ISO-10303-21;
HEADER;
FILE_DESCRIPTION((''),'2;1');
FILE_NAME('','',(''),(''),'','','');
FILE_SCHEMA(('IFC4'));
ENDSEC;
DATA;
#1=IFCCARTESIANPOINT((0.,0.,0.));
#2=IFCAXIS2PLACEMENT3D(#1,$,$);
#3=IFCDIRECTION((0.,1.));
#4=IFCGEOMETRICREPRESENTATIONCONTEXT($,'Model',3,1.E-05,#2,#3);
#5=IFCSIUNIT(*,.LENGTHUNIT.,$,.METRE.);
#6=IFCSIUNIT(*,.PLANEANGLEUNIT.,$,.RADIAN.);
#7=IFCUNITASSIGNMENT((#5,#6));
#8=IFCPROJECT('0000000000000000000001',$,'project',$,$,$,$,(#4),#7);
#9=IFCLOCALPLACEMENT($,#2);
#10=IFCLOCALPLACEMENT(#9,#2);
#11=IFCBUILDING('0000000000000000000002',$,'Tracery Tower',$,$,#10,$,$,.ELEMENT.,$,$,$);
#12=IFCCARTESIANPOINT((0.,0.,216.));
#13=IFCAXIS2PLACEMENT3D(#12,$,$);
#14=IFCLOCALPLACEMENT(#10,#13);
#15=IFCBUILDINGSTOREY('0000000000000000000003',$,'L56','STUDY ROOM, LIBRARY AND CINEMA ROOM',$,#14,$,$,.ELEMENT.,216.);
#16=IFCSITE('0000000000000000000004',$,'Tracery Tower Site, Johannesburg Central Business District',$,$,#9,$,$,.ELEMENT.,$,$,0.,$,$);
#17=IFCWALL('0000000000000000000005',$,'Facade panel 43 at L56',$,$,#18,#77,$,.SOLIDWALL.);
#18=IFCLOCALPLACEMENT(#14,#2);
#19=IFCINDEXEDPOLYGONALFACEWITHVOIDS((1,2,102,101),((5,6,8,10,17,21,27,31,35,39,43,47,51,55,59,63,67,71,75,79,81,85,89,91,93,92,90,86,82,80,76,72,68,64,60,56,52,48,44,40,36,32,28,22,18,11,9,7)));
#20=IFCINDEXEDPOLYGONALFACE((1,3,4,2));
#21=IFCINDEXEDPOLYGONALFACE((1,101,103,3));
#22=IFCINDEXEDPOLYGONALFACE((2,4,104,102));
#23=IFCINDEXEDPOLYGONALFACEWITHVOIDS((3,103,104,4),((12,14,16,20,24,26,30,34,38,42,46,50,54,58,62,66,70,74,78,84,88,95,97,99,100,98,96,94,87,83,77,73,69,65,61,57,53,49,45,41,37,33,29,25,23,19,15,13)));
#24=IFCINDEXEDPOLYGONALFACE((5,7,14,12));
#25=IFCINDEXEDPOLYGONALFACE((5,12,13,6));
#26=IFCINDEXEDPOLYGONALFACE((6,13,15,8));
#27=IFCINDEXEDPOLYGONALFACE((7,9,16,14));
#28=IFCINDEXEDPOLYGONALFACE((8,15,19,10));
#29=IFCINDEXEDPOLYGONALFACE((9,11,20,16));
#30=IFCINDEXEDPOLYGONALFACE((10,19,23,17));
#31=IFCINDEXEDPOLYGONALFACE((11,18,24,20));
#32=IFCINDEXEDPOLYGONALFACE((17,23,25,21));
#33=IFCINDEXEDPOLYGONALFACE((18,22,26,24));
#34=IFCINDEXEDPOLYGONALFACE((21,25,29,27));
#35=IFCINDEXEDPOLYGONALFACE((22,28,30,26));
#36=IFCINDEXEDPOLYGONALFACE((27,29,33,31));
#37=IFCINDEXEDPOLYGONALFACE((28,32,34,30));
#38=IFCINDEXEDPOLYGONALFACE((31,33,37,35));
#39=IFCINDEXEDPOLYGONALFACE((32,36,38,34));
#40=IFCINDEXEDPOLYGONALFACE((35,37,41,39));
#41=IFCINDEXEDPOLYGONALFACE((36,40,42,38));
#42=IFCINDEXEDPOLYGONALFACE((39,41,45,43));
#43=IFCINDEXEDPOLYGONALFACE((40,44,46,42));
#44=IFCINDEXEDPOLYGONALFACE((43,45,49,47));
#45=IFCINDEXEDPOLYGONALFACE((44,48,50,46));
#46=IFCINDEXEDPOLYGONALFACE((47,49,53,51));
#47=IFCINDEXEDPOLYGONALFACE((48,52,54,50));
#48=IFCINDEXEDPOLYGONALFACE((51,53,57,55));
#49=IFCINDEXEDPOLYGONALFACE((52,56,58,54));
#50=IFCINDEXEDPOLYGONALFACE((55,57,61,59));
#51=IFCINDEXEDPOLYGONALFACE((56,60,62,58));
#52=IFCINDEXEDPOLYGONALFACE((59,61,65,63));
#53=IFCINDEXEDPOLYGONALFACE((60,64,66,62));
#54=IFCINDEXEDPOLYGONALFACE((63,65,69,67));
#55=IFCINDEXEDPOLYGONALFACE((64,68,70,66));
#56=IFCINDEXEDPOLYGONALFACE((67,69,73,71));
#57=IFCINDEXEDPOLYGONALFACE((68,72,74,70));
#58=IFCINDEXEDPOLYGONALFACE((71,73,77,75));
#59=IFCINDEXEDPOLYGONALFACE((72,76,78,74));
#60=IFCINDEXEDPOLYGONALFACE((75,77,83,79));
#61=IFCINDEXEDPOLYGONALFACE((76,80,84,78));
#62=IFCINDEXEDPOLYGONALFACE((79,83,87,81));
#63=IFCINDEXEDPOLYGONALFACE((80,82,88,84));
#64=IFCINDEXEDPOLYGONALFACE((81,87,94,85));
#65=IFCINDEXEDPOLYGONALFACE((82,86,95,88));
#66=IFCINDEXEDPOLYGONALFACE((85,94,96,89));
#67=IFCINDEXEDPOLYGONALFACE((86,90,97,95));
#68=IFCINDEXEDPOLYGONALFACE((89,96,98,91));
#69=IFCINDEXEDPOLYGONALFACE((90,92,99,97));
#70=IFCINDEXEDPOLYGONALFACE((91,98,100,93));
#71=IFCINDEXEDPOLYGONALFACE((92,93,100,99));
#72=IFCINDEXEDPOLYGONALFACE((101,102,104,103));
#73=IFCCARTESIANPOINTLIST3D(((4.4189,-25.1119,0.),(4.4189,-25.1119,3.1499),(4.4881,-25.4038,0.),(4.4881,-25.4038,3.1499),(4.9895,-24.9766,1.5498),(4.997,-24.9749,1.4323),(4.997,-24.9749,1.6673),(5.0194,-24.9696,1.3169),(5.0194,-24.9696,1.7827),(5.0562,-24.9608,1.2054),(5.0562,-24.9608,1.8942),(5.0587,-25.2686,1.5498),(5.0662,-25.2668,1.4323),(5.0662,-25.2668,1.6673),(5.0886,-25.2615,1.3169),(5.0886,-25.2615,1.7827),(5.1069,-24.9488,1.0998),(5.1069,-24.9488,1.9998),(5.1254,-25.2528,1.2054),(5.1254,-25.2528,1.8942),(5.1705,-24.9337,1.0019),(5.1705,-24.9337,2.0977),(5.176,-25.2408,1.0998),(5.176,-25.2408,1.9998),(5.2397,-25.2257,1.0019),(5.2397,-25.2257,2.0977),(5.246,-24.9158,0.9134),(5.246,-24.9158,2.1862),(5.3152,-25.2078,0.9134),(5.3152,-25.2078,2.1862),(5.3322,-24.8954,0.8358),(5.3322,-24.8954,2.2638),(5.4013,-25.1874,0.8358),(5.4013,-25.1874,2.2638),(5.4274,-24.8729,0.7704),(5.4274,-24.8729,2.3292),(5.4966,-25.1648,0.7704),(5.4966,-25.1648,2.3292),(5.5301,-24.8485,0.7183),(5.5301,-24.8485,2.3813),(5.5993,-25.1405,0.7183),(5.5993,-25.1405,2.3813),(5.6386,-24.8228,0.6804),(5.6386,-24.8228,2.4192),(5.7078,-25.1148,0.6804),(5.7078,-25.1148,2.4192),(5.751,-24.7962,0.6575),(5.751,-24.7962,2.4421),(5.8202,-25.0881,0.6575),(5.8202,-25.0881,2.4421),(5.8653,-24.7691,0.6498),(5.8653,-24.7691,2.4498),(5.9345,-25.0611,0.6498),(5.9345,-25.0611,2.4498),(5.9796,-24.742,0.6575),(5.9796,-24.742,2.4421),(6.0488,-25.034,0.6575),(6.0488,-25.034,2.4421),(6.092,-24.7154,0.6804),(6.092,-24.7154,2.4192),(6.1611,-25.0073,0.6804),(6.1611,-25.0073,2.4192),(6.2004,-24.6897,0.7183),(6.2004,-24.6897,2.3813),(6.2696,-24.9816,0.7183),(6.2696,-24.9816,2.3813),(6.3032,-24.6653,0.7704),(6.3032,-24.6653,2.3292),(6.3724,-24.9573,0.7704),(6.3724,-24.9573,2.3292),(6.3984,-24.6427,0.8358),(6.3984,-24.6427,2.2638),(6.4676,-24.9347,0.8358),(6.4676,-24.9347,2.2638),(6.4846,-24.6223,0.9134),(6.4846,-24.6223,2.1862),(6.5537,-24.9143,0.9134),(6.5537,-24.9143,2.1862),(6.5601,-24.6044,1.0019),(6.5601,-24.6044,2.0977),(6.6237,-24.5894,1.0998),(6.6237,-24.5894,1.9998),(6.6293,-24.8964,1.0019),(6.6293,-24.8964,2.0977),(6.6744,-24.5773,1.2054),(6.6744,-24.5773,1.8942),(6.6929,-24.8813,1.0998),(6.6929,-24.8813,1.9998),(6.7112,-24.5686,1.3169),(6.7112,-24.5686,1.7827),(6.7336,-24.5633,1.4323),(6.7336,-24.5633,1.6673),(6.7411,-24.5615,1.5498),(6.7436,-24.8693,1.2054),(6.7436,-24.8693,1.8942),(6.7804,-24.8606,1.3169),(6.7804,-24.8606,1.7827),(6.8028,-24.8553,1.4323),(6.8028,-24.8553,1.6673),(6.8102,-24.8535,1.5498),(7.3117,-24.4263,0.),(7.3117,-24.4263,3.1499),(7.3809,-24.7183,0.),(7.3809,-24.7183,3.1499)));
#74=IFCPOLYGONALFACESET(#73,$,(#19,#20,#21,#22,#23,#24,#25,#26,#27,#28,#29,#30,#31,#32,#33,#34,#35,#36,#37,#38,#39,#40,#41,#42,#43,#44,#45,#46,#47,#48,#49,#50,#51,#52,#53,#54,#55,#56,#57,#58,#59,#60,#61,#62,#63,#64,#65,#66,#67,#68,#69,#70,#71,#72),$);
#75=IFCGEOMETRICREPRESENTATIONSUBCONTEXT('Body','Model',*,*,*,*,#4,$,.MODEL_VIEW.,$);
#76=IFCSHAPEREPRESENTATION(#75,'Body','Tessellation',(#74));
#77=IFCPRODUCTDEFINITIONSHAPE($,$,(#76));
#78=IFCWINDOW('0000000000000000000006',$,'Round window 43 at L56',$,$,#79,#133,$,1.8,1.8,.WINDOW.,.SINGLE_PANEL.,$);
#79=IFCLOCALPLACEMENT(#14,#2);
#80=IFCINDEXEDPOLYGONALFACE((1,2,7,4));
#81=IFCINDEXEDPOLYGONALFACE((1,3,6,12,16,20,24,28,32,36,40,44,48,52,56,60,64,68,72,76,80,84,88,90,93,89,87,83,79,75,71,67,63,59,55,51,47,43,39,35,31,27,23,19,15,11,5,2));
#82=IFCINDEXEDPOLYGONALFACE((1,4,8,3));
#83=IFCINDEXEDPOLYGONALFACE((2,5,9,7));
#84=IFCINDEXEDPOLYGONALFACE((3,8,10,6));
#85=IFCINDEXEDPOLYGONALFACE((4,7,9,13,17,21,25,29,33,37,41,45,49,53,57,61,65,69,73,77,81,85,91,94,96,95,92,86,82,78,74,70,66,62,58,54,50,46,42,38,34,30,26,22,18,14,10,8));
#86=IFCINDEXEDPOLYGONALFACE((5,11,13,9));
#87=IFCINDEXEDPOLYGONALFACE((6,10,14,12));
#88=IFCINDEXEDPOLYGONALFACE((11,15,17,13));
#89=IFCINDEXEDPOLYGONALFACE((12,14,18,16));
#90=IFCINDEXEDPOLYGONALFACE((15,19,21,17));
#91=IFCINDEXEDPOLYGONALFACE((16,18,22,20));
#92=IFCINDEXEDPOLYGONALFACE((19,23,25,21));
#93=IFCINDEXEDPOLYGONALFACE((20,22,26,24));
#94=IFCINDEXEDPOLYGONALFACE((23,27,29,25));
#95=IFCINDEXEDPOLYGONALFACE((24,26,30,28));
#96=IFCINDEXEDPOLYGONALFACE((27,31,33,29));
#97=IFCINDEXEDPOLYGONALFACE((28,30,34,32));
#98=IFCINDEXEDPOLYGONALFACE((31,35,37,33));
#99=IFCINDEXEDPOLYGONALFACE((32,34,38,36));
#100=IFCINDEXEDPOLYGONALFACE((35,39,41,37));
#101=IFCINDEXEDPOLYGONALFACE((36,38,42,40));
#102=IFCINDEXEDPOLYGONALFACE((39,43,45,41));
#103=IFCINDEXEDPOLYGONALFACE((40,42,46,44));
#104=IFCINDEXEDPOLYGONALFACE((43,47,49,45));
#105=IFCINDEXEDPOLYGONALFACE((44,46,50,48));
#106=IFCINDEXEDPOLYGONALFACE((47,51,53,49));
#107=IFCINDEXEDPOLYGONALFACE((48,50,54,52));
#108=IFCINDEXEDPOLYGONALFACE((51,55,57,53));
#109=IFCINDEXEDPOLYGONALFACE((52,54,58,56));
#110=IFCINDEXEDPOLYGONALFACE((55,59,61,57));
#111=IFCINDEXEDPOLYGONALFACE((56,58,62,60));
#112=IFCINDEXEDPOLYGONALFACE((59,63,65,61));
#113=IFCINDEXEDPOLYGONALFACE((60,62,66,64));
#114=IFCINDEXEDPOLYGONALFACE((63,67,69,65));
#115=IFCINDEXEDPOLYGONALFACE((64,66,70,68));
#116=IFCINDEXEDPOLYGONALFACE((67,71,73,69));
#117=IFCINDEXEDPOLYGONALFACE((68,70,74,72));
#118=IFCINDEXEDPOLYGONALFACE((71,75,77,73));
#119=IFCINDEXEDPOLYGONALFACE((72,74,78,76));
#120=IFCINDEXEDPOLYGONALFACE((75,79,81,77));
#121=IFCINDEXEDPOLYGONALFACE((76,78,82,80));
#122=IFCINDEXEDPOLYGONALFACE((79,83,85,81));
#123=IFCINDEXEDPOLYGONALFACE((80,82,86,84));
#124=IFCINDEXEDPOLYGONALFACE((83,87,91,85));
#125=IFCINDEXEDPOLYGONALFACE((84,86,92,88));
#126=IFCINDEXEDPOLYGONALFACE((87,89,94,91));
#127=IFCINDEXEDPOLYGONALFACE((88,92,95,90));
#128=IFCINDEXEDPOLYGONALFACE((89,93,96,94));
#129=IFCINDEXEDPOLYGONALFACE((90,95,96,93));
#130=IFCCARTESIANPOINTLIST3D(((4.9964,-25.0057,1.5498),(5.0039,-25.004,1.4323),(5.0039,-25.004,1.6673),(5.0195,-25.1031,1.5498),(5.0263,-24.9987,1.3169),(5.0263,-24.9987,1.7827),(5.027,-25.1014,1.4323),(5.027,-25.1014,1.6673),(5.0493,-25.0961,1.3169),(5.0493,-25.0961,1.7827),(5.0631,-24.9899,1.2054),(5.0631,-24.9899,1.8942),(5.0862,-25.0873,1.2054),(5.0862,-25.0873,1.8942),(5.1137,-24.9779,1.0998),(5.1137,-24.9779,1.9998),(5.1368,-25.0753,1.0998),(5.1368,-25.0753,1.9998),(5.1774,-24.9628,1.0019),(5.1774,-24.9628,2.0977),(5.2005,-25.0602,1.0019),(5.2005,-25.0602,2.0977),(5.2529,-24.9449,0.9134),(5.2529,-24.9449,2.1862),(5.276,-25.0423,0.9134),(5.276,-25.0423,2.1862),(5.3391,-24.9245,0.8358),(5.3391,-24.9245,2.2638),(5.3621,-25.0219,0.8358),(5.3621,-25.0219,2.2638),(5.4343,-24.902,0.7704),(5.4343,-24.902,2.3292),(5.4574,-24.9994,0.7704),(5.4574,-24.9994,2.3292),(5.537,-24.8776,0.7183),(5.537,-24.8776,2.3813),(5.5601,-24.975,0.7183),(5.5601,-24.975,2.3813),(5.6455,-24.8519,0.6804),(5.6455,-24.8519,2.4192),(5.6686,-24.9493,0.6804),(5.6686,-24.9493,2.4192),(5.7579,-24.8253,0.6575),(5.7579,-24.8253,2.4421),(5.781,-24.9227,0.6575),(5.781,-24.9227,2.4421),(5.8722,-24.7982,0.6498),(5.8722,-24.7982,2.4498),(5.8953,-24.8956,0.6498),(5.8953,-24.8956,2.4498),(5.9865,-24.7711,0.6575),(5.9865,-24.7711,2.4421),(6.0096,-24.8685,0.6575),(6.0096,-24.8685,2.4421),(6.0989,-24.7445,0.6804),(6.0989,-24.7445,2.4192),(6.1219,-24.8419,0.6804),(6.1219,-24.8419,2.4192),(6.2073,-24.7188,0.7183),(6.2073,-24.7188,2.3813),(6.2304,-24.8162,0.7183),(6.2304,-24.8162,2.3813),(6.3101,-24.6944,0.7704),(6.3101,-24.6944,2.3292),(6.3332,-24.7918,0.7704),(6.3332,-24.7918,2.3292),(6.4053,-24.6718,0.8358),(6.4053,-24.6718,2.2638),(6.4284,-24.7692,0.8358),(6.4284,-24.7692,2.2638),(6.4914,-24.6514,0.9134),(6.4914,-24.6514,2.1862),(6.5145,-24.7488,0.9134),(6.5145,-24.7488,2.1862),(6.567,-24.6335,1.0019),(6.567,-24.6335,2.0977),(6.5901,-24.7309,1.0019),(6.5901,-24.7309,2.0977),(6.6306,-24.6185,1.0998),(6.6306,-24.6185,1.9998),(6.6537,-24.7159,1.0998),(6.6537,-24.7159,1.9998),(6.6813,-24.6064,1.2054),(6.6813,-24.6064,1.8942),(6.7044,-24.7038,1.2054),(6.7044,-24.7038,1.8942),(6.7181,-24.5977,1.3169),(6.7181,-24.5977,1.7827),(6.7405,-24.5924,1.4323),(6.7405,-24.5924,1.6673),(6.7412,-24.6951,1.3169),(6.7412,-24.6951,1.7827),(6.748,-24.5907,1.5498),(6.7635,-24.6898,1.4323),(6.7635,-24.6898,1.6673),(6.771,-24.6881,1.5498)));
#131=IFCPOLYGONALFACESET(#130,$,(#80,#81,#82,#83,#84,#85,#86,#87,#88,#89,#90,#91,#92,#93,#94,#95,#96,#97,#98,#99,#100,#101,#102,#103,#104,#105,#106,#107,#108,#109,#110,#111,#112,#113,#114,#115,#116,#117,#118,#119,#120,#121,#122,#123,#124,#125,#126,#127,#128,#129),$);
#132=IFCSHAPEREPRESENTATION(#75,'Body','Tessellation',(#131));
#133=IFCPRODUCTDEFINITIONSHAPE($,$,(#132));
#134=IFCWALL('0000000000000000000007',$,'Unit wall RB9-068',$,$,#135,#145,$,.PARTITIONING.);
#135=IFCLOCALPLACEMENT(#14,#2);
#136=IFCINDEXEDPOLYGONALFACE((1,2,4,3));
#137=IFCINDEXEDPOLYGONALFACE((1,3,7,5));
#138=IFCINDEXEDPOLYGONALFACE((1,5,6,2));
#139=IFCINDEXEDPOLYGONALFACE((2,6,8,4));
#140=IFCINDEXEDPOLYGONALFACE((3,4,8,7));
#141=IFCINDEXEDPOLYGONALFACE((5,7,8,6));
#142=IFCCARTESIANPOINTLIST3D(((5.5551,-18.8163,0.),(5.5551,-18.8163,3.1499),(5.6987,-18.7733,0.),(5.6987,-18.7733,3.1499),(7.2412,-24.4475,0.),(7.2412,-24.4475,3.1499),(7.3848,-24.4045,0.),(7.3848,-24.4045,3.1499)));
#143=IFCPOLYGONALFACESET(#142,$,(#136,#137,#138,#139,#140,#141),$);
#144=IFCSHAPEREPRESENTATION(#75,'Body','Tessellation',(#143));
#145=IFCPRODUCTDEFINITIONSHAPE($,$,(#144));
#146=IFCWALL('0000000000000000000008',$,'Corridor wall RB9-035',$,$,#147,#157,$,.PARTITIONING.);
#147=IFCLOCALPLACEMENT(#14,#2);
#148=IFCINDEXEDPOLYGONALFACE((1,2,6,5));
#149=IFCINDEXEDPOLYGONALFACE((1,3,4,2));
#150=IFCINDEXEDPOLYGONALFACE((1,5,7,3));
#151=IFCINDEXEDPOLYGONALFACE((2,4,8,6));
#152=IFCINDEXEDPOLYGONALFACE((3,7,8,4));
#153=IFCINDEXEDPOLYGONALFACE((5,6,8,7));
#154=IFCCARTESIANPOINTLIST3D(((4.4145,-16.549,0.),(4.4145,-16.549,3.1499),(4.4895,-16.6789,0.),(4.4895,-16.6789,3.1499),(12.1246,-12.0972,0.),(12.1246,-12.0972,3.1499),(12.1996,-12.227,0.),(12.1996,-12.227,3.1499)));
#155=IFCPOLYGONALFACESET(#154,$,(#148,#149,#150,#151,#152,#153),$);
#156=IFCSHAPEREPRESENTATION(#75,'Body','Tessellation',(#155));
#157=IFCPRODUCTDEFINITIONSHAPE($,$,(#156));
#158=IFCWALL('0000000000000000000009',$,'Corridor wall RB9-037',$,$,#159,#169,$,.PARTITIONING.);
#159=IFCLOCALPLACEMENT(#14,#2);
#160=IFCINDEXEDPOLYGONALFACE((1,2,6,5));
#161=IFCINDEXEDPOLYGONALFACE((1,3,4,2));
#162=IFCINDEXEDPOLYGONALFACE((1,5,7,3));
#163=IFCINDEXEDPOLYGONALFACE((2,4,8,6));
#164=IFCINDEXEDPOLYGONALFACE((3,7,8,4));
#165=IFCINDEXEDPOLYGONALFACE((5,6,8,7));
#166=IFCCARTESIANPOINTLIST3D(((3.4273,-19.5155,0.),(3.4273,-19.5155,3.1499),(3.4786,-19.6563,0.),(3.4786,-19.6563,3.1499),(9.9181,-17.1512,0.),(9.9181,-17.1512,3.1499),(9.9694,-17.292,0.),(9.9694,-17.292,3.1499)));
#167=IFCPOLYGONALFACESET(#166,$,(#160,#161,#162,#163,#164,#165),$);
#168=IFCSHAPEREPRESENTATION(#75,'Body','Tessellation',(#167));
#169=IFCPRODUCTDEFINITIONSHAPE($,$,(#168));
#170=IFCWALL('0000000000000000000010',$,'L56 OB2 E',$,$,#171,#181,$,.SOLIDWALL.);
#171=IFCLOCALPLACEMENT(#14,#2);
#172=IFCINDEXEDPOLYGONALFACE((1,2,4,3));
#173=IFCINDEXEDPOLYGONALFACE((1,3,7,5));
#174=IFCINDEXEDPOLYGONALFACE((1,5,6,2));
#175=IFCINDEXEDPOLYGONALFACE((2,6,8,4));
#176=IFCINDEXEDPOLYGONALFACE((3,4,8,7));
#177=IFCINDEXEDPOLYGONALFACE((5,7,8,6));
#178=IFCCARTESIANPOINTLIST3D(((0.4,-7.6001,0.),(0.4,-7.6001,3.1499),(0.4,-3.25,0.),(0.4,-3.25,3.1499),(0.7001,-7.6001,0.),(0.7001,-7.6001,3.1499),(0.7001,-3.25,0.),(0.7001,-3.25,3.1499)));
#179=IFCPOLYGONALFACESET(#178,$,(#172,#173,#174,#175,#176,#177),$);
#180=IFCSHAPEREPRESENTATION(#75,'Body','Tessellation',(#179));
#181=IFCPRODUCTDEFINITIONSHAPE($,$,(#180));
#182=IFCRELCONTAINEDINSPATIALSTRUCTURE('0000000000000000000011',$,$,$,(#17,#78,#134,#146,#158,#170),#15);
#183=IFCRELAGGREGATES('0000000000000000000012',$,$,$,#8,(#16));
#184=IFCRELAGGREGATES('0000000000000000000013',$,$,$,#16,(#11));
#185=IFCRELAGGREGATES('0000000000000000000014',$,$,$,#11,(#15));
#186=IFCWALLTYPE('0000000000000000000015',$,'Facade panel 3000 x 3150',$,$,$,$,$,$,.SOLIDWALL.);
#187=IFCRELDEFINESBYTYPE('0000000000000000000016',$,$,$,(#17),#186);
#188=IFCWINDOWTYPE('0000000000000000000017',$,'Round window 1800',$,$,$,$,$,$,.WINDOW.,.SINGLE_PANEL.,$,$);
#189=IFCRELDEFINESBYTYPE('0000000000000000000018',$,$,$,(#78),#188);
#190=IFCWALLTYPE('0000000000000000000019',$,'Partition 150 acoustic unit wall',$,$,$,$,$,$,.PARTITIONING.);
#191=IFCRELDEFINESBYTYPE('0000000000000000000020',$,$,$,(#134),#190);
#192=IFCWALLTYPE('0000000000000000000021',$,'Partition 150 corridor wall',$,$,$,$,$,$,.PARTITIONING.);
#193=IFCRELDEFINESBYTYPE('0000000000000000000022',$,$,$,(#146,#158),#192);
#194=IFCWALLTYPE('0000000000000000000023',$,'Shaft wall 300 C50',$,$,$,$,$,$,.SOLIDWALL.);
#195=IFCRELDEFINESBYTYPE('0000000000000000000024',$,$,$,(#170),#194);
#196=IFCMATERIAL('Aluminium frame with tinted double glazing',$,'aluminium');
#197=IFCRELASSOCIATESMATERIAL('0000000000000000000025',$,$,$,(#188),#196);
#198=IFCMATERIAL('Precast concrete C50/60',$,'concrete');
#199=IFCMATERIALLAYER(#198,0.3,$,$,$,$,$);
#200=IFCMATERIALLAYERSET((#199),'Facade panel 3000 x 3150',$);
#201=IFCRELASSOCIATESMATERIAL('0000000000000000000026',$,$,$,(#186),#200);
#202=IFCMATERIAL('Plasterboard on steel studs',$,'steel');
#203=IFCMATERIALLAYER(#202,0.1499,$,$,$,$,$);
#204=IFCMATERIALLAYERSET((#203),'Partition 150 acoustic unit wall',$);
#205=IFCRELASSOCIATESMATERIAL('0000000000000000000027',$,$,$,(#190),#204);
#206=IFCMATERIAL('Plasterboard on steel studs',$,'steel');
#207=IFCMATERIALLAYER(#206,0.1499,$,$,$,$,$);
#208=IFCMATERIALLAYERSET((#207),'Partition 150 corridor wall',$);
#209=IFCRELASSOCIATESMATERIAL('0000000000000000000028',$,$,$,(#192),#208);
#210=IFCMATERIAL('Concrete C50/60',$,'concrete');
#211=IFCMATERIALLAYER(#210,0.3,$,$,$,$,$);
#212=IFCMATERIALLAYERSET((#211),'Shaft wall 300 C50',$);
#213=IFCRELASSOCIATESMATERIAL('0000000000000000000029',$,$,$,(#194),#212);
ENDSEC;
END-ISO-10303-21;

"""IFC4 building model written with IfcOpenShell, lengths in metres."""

from ifc_helpers import new_model, si_unit, direction, frame, frame_2d, origin, origin_2d, place, context, subcontext, project, spatial, rectangle, circle, extrude, material, layer, layer_set, type_object, element, fill, save


model = new_model("IFC4")

# Units and contexts
model_context = context("Model", 3, precision=1e-05, world=origin(), true_north=direction((0.0, 1.0)))
body_context = subcontext(model_context, "Body", "Model", "MODEL_VIEW")
ifc_project = project(units=[si_unit("LENGTHUNIT", "METRE"), si_unit("PLANEANGLEUNIT", "RADIAN")], contexts=[model_context])

# Site, building, storey
site_placement = place(None, origin())
site = spatial("IfcSite", under=ifc_project, at=site_placement, Name="Tracery Tower Site, Johannesburg Central Business District", CompositionType="ELEMENT", RefElevation=0.0)
building_placement = place(site_placement, origin())
building = spatial("IfcBuilding", under=site, at=building_placement, Name="Tracery Tower", CompositionType="ELEMENT")
storey_placement = place(building_placement, frame((0.0, 0.0, 216.0)))
storey = spatial("IfcBuildingStorey", under=building, at=storey_placement, Name="L56", Description="STUDY ROOM, LIBRARY AND CINEMA ROOM", CompositionType="ELEMENT", Elevation=216.0)

# Wall, opening, window
ifc_material_1 = material(Name="Aluminium frame with tinted double glazing", Category="aluminium")
window_type = type_object("IfcWindowType", Name="Round window 1800", PartitioningType="SINGLE_PANEL", PredefinedType="WINDOW", material=ifc_material_1)
ifc_material_2 = material(Name="Precast concrete C50/60", Category="concrete")
ifc_layer_1 = layer(ifc_material_2, 0.3)
ifc_layer_set_1 = layer_set([ifc_layer_1], Name="Facade panel 3000 x 3150")
wall_type_1 = type_object("IfcWallType", Name="Facade panel 3000 x 3150", PredefinedType="SOLIDWALL", material=ifc_layer_set_1)
wall_1_placement = place(storey_placement, frame((4.4536, -25.2578, 0.0), z_axis=(0.0, 0.0, 1.0), x_axis=(0.97305, 0.230595, 0.0)))
wall_1 = element("IfcWall", 1, at=wall_1_placement, inside=storey, type_object=wall_type_1, Name="Facade panel 43 at L56", PredefinedType="SOLIDWALL", context=body_context, shape_type="SweptSolid", body=[
    extrude(rectangle(XDim=2.9729, YDim=0.3, at=frame_2d((1.4863, 0.0))), origin(), (0.0, 0.0, 1.0), 3.1499),
])
opening_1_placement = place(wall_1_placement, frame((1.4863, 0.0, 1.5498)))
opening_1 = element("IfcOpeningElement", 2, at=opening_1_placement, cuts=wall_1, PredefinedType="OPENING", context=body_context, shape_type="SweptSolid", body=[
    extrude(circle(Radius=0.9, at=origin_2d()), frame((0.0, 0.1599, 0.0), z_axis=(0.0, -1.0, 0.0), x_axis=(1.0, 0.0, 0.0)), (0.0, 0.0, 1.0), 0.3201),
])
window_1_placement = place(opening_1_placement, origin())
window_1 = element("IfcWindow", 3, at=window_1_placement, inside=storey, type_object=window_type, Name="Round window 43 at L56", OverallHeight=1.8, OverallWidth=1.8, PartitioningType="SINGLE_PANEL", PredefinedType="WINDOW", context=body_context, shape_type="SweptSolid", body=[
    extrude(circle(Radius=0.9, at=origin_2d()), frame((0.0, 0.1201, 0.0), z_axis=(0.0, -1.0, 0.0), x_axis=(1.0, 0.0, 0.0)), (0.0, 0.0, 1.0), 0.1001),
])
fill(opening_1, window_1)

# Walls
ifc_material_3 = material(Name="Plasterboard on steel studs", Category="steel")
ifc_layer_2 = layer(ifc_material_3, 0.1499)
ifc_layer_set_2 = layer_set([ifc_layer_2], Name="Partition 150 acoustic unit wall")
wall_type_2 = type_object("IfcWallType", Name="Partition 150 acoustic unit wall", PredefinedType="PARTITIONING", material=ifc_layer_set_2)
wall_2_placement = place(storey_placement, frame((5.627, -18.7949, 0.0), z_axis=(0.0, 0.0, 1.0), x_axis=(0.286833, -0.95798, 0.0)))
element("IfcWall", 4, at=wall_2_placement, inside=storey, type_object=wall_type_2, Name="Unit wall RB9-068", PredefinedType="PARTITIONING", context=body_context, shape_type="SweptSolid", body=[
    extrude(rectangle(XDim=5.8782, YDim=0.1499, at=frame_2d((2.939, 0.0))), origin(), (0.0, 0.0, 1.0), 3.1499),
])
ifc_material_4 = material(Name="Plasterboard on steel studs", Category="steel")
ifc_layer_3 = layer(ifc_material_4, 0.1499)
ifc_layer_set_3 = layer_set([ifc_layer_3], Name="Partition 150 corridor wall")
wall_type_3 = type_object("IfcWallType", Name="Partition 150 corridor wall", PredefinedType="PARTITIONING", material=ifc_layer_set_3)
wall_3_placement = place(storey_placement, frame((4.4519, -16.614, 0.0), z_axis=(0.0, 0.0, 1.0), x_axis=(0.866005, 0.500035, 0.0)))
element("IfcWall", 5, at=wall_3_placement, inside=storey, type_object=wall_type_3, Name="Corridor wall RB9-035", PredefinedType="PARTITIONING", context=body_context, shape_type="SweptSolid", body=[
    extrude(rectangle(XDim=8.9031, YDim=0.1499, at=frame_2d((4.4517, 0.0))), origin(), (0.0, 0.0, 1.0), 3.1499),
])
wall_4_placement = place(storey_placement, frame((3.4529, -19.5859, 0.0), z_axis=(0.0, 0.0, 1.0), x_axis=(0.939608, 0.342254, 0.0)))
element("IfcWall", 6, at=wall_4_placement, inside=storey, type_object=wall_type_3, Name="Corridor wall RB9-037", PredefinedType="PARTITIONING", context=body_context, shape_type="SweptSolid", body=[
    extrude(rectangle(XDim=6.908, YDim=0.1499, at=frame_2d((3.4541, 0.0))), origin(), (0.0, 0.0, 1.0), 3.1499),
])
ifc_material_5 = material(Name="Concrete C50/60", Category="concrete")
ifc_layer_4 = layer(ifc_material_5, 0.3)
ifc_layer_set_4 = layer_set([ifc_layer_4], Name="Shaft wall 300 C50")
wall_type_4 = type_object("IfcWallType", Name="Shaft wall 300 C50", PredefinedType="SOLIDWALL", material=ifc_layer_set_4)
wall_5_placement = place(storey_placement, frame((0.55, -7.6001, 0.0), z_axis=(0.0, 0.0, 1.0), x_axis=(0.0, 1.0, 0.0)))
element("IfcWall", 7, at=wall_5_placement, inside=storey, type_object=wall_type_4, Name="L56 OB2 E", PredefinedType="SOLIDWALL", context=body_context, shape_type="SweptSolid", body=[
    extrude(rectangle(XDim=4.3501, YDim=0.3, at=frame_2d((2.175, 0.0))), origin(), (0.0, 0.0, 1.0), 3.1499),
])

save(model, "model.ifc")
